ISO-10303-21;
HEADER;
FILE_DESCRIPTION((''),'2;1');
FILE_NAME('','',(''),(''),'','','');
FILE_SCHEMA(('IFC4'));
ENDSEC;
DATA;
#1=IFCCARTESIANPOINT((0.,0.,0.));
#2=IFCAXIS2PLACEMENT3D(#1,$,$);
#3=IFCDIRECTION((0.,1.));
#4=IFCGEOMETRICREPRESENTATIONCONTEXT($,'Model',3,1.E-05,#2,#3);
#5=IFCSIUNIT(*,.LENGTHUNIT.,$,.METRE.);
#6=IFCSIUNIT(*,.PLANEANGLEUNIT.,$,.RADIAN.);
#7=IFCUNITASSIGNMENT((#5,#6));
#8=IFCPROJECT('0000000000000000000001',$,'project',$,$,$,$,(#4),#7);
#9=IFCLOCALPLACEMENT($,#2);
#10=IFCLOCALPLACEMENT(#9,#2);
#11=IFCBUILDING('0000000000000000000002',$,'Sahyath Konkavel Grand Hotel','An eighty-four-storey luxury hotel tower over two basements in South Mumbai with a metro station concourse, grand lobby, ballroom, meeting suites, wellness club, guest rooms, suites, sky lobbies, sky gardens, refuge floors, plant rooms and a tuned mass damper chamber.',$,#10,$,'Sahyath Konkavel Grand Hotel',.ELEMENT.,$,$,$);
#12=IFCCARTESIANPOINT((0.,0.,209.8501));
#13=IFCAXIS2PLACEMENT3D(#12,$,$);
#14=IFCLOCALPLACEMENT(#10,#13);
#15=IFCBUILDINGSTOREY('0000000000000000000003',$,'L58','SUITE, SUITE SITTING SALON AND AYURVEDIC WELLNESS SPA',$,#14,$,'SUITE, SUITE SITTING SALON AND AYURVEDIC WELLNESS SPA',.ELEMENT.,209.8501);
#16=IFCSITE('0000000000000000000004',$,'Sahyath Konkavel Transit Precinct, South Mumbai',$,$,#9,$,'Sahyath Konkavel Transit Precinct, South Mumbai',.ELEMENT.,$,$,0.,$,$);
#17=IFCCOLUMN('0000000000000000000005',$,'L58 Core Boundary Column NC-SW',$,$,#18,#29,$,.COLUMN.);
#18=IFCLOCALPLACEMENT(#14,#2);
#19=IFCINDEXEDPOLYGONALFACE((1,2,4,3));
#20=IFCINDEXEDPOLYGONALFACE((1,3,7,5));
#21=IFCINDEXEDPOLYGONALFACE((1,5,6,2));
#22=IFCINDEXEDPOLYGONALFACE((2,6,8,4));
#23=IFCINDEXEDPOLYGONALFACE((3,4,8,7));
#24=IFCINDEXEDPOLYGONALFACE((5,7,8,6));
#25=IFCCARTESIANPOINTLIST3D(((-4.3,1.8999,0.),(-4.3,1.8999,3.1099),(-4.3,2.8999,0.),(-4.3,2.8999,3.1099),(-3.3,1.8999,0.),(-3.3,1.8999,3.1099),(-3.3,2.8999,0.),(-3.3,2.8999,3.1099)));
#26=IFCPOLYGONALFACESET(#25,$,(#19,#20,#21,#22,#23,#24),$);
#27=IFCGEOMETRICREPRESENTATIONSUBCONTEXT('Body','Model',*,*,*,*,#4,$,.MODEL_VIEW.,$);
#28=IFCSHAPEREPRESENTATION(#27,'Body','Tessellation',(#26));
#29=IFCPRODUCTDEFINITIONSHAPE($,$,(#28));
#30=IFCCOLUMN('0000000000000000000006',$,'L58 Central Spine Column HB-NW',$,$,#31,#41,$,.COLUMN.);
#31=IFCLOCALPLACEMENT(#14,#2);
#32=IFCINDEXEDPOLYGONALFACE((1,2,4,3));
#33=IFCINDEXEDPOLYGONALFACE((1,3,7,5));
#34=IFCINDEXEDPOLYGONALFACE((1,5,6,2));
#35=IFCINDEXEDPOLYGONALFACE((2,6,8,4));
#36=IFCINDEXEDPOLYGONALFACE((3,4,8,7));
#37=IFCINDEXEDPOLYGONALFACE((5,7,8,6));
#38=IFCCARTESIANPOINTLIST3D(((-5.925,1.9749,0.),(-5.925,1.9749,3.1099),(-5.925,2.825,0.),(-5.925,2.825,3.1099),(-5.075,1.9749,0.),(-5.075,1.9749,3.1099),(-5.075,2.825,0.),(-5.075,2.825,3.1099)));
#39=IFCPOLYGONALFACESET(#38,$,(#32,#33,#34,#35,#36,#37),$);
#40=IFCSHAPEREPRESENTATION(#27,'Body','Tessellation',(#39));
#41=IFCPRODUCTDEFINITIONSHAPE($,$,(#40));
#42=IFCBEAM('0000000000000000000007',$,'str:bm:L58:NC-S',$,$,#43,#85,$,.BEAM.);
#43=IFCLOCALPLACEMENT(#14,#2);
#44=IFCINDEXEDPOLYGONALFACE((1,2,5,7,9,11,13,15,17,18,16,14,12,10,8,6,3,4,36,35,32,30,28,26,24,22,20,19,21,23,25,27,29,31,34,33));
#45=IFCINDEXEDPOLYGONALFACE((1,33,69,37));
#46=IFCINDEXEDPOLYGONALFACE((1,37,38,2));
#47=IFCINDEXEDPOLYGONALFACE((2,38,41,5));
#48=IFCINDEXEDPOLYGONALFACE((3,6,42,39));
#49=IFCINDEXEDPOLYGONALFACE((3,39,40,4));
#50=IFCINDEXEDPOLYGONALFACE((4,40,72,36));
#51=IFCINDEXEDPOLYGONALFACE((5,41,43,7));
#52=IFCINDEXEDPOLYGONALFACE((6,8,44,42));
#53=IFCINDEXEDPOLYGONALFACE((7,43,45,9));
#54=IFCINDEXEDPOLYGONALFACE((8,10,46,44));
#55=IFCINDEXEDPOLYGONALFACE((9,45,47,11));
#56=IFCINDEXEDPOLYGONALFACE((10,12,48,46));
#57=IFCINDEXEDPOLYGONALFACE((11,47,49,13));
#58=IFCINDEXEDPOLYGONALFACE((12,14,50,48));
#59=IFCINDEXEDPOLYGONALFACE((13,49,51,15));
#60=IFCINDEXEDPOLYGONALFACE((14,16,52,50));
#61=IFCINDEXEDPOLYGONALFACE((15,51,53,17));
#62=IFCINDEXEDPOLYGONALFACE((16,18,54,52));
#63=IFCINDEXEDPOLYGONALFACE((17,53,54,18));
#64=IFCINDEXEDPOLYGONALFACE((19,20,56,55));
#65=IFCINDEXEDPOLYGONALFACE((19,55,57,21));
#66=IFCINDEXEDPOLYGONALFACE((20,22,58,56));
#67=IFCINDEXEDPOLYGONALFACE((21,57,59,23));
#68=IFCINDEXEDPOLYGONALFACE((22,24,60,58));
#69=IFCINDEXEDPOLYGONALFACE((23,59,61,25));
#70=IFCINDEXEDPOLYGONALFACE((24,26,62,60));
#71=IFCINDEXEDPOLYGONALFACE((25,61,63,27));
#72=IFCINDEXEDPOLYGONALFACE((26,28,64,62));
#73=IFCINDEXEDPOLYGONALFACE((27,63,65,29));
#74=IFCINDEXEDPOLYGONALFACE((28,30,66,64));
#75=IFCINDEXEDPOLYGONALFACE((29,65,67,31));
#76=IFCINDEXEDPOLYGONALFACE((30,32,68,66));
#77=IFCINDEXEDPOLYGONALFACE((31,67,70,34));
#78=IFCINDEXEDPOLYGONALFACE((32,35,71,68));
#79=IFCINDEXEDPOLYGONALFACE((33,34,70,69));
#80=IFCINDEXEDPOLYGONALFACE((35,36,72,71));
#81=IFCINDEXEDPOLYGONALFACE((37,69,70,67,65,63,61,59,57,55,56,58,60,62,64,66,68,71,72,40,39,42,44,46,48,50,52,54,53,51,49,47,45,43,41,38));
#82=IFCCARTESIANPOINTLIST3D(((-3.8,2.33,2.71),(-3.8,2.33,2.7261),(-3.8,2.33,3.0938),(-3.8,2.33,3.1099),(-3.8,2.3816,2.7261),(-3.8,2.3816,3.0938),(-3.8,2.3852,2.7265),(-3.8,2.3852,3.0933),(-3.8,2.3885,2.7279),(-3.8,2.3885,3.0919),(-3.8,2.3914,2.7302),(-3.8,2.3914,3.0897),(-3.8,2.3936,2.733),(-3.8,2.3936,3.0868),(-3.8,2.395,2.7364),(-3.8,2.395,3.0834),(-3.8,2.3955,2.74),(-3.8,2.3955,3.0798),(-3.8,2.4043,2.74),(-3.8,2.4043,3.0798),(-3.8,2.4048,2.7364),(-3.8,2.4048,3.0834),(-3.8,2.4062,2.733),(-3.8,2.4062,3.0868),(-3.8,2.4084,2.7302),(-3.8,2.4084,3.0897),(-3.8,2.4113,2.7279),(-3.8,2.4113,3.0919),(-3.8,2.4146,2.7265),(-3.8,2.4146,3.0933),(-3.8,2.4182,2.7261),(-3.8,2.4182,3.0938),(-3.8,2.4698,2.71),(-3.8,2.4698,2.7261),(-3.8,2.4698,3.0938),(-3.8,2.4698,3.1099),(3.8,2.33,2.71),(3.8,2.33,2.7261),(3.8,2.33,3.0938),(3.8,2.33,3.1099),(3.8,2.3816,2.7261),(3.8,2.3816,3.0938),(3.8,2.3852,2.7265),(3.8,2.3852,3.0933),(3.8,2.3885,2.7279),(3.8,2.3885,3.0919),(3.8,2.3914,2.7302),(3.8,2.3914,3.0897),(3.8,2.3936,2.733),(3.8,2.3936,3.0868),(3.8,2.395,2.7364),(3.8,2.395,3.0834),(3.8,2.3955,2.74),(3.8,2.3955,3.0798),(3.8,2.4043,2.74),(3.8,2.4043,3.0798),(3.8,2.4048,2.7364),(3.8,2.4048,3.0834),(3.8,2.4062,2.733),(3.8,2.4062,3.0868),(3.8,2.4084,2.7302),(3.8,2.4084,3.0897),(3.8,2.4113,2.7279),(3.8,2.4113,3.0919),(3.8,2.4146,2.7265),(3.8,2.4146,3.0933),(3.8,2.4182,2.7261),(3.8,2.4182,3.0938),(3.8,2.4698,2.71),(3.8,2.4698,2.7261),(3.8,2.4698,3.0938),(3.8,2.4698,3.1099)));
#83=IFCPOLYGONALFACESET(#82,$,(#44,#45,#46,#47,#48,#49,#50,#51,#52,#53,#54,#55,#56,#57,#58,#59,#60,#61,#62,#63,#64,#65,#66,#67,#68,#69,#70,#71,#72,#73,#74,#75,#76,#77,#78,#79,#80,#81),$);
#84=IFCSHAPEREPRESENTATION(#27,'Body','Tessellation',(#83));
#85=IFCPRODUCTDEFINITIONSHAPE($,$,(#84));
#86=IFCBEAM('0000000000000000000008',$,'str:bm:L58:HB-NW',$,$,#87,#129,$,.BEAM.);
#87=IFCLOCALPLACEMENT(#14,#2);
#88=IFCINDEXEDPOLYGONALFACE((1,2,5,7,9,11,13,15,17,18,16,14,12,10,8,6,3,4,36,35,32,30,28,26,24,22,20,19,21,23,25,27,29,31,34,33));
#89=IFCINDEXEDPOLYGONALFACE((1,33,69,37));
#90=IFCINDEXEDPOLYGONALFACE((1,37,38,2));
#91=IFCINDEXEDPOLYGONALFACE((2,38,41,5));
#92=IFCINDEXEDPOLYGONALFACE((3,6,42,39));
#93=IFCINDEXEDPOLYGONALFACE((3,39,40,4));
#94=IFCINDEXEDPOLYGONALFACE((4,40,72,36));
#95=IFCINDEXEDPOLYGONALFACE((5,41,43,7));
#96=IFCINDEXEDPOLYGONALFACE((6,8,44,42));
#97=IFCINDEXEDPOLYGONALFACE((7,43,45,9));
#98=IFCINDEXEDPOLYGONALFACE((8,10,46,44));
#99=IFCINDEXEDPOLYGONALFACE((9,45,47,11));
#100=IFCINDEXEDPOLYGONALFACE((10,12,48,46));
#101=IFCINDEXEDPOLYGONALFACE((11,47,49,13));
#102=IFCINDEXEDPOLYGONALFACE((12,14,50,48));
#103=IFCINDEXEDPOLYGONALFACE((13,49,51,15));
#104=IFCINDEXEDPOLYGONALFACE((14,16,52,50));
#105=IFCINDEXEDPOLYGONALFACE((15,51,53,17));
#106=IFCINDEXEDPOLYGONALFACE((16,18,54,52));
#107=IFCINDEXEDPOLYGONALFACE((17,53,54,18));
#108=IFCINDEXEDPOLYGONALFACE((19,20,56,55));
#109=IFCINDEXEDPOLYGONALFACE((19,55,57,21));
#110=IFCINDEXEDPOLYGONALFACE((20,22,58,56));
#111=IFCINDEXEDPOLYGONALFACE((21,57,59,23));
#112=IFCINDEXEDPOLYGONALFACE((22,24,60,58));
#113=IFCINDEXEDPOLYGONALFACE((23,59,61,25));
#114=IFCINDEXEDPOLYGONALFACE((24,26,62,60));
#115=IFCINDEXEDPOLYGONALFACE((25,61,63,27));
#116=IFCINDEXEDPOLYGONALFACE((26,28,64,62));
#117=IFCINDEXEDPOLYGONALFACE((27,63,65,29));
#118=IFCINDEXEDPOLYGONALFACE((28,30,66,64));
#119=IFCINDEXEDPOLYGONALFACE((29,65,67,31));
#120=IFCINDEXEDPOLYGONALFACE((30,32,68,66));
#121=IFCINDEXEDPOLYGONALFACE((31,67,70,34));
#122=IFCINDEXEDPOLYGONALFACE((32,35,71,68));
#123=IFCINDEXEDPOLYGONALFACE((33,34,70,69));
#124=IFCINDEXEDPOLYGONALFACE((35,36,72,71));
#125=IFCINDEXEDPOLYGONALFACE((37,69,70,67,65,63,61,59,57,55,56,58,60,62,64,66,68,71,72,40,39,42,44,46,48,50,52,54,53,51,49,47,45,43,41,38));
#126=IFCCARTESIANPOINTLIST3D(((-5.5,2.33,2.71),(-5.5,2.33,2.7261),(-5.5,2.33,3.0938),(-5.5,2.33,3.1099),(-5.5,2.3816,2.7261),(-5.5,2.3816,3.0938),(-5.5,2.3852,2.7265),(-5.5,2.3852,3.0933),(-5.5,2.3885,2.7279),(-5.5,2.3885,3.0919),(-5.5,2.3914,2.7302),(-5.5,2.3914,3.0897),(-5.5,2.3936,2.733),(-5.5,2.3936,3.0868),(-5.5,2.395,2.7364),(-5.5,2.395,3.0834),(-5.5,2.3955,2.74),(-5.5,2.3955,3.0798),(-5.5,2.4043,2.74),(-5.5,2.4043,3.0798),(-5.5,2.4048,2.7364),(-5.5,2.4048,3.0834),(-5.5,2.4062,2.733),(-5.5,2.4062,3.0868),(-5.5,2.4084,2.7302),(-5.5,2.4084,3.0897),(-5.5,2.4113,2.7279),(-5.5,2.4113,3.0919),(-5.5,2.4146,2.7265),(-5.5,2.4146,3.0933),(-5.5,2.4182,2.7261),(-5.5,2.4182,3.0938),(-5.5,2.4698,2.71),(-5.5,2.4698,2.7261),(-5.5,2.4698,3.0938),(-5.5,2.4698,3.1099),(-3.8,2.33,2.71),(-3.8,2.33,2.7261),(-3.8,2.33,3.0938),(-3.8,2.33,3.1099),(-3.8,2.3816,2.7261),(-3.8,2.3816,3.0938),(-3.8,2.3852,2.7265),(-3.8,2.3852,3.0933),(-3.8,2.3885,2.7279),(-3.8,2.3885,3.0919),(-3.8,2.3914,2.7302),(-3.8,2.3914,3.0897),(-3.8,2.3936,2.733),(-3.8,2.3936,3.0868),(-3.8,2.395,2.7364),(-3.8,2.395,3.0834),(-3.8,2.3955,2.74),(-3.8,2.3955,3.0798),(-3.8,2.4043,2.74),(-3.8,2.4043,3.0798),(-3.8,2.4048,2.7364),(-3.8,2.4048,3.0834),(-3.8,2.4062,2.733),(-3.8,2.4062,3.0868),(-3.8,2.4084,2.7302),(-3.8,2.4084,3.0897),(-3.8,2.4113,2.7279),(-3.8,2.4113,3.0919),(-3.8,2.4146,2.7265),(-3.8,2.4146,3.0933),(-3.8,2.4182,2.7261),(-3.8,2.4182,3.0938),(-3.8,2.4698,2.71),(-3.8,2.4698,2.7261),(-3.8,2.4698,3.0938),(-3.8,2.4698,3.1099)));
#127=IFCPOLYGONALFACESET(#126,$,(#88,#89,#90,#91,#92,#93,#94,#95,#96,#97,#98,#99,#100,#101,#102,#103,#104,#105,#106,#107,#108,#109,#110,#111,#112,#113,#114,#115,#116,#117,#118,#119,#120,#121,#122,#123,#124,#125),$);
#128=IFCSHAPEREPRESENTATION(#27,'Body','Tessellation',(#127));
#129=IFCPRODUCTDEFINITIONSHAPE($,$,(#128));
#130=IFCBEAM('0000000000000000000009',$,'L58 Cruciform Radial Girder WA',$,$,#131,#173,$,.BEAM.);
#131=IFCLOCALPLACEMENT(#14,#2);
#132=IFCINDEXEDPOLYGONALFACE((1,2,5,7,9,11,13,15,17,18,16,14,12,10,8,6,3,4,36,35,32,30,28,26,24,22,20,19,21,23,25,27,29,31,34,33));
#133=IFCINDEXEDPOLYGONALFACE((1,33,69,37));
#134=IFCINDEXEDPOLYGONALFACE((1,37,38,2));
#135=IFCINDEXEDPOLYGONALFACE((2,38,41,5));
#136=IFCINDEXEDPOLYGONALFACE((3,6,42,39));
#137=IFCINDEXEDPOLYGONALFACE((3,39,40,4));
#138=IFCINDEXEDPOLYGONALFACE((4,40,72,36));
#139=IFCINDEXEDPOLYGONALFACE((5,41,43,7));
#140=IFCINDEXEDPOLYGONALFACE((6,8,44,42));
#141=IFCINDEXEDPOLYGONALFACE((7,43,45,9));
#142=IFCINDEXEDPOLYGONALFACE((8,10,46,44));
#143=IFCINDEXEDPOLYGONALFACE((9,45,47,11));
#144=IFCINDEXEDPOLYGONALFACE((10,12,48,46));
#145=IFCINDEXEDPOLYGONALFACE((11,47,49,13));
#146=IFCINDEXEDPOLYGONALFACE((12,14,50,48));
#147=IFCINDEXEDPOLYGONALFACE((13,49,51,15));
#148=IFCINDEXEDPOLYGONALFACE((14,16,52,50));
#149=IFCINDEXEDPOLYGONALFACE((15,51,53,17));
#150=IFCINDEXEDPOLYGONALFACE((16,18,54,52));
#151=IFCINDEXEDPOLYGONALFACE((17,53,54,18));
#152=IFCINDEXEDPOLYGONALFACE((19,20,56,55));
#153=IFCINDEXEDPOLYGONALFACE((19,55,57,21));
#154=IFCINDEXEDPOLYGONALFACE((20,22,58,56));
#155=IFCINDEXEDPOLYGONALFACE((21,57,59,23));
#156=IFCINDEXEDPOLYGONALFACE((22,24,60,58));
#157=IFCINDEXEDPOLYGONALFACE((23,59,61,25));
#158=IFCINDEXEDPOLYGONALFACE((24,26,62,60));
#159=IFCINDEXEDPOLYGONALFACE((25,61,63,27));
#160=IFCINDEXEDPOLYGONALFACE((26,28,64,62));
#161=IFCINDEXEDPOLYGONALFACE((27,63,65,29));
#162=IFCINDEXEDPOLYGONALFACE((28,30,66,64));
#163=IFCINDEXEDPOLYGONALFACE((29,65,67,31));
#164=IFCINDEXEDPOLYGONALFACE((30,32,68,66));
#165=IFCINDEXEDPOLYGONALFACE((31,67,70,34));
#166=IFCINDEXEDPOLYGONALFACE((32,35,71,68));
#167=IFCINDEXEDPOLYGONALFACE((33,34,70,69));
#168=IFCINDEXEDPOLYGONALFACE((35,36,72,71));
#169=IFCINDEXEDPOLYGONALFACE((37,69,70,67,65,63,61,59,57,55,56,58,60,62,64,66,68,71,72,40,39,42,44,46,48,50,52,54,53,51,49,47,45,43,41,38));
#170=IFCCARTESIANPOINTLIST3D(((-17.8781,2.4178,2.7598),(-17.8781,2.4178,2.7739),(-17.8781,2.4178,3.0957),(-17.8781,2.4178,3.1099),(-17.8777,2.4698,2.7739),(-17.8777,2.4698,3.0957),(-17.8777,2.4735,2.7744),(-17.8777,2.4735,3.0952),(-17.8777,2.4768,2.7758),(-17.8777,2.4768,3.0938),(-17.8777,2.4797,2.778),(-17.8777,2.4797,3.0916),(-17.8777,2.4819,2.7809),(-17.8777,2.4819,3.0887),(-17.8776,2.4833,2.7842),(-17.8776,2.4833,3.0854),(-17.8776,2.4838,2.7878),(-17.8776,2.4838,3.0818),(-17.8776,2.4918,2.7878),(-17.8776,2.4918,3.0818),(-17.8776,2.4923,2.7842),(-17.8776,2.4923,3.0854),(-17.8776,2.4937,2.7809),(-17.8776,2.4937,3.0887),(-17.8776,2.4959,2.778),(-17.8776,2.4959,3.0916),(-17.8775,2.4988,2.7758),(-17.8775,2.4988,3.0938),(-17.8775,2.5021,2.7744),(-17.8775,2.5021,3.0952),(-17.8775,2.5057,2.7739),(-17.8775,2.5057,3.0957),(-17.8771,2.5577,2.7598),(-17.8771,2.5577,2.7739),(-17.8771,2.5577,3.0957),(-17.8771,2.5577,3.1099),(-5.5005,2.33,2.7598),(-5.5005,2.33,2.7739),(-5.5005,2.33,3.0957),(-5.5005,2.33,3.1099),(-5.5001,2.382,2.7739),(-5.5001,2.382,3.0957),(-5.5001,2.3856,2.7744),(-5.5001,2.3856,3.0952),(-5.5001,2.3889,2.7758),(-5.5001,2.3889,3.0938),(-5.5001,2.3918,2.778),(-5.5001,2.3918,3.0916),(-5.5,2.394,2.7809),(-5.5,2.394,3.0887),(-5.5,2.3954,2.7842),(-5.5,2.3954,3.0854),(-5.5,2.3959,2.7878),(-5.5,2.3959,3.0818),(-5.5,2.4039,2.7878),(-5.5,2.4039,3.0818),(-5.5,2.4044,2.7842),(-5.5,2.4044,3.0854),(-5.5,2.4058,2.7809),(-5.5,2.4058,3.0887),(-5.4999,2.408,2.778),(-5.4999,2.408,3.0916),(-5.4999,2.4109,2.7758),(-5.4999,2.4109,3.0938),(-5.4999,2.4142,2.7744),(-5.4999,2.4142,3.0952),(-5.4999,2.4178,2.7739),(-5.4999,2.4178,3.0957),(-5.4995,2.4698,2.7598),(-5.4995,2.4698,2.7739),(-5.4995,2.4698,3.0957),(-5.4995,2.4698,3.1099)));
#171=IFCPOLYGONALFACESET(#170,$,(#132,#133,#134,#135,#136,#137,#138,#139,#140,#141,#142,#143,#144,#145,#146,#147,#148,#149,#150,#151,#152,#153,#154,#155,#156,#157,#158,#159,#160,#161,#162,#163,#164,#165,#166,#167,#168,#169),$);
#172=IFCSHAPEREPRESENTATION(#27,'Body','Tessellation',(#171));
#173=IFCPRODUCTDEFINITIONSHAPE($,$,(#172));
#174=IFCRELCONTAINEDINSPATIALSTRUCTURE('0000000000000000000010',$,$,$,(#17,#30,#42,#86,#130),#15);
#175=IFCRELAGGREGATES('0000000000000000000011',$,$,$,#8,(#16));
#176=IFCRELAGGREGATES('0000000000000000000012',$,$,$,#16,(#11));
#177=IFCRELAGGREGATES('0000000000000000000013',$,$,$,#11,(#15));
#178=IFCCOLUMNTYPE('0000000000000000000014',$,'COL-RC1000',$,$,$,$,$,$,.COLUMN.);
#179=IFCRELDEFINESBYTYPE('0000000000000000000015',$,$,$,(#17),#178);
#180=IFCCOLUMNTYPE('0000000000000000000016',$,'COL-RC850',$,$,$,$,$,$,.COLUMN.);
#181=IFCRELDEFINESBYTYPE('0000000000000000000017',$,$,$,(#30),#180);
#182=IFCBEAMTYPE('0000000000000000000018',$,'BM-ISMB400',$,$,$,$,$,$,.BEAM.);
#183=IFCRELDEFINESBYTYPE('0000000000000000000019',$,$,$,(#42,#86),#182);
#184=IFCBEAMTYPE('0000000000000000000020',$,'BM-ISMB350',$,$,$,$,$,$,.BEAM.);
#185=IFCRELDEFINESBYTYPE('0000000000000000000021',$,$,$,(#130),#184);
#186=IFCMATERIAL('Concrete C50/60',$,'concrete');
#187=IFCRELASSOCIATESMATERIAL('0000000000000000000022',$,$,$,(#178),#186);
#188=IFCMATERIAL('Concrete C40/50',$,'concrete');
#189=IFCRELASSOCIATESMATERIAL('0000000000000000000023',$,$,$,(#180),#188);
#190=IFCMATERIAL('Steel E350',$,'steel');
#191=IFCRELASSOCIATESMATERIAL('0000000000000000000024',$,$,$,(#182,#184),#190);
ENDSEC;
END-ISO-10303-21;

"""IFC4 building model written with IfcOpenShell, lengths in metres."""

from ifc_helpers import new_model, si_unit, direction, frame, origin, origin_2d, place, context, subcontext, project, spatial, rectangle, i_section, extrude, source, transform, mapped, material, material_profile, profile_set, type_object, element, save


model = new_model("IFC4")

# Units and contexts
model_context = context("Model", 3, precision=1e-05, world=origin(), true_north=direction((0.0, 1.0)))
body_context = subcontext(model_context, "Body", "Model", "MODEL_VIEW")
ifc_project = project(units=[si_unit("LENGTHUNIT", "METRE"), si_unit("PLANEANGLEUNIT", "RADIAN")], contexts=[model_context])

# Site, building, storey
site_placement = place(None, origin())
site = spatial("IfcSite", under=ifc_project, at=site_placement, Name="Sahyath Konkavel Transit Precinct, South Mumbai", LongName="Sahyath Konkavel Transit Precinct, South Mumbai", CompositionType="ELEMENT", RefElevation=0.0)
building_placement = place(site_placement, origin())
building = spatial("IfcBuilding", under=site, at=building_placement, Name="Sahyath Konkavel Grand Hotel", Description="An eighty-four-storey luxury hotel tower over two basements in South Mumbai with a metro station concourse, grand lobby, ballroom, meeting suites, wellness club, guest rooms, suites, sky lobbies, sky gardens, refuge floors, plant rooms and a tuned mass damper chamber.", LongName="Sahyath Konkavel Grand Hotel", CompositionType="ELEMENT")
storey_placement = place(building_placement, frame((0.0, 0.0, 209.8501)))
storey = spatial("IfcBuildingStorey", under=building, at=storey_placement, Name="L58", Description="SUITE, SUITE SITTING SALON AND AYURVEDIC WELLNESS SPA", LongName="SUITE, SUITE SITTING SALON AND AYURVEDIC WELLNESS SPA", CompositionType="ELEMENT", Elevation=209.8501)

# Columns
ifc_material_1 = material(Name="Concrete C50/60", Category="concrete")
ifc_material_profile_1 = material_profile(ifc_material_1, rectangle(XDim=1.0, YDim=1.0, at=origin_2d()), Name="RC 1000x1000")
ifc_profile_set_1 = profile_set([ifc_material_profile_1], Name="Concrete C50/60")
column_type_1 = type_object("IfcColumnType", Name="COL-RC1000", PredefinedType="COLUMN", material=ifc_profile_set_1)
shared_shape_1 = source(origin(), body_context, "Body", "SweptSolid", [
    extrude(rectangle(XDim=1.0, YDim=1.0, at=origin_2d()), origin(), (0.0, 0.0, 1.0), 3.1099),
])
column_1_placement = place(storey_placement, frame((-3.8, 2.3999, 0.0), z_axis=(0.0, 0.0, 1.0), x_axis=(1.0, 0.0, 0.0)))
element("IfcColumn", 1, at=column_1_placement, inside=storey, type_object=column_type_1, Name="L58 Core Boundary Column NC-SW", PredefinedType="COLUMN", context=body_context, shape_type="MappedRepresentation", body=[
    mapped(shared_shape_1, transform((0.0, 0.0, 0.0), scale=1.0)),
])
ifc_material_2 = material(Name="Concrete C40/50", Category="concrete")
ifc_material_profile_2 = material_profile(ifc_material_2, rectangle(XDim=0.8501, YDim=0.8501, at=origin_2d()), Name="RC 850x850")
ifc_profile_set_2 = profile_set([ifc_material_profile_2], Name="Concrete C40/50")
column_type_2 = type_object("IfcColumnType", Name="COL-RC850", PredefinedType="COLUMN", material=ifc_profile_set_2)
shared_shape_2 = source(origin(), body_context, "Body", "SweptSolid", [
    extrude(rectangle(XDim=0.8501, YDim=0.8501, at=origin_2d()), origin(), (0.0, 0.0, 1.0), 3.1099),
])
column_2_placement = place(storey_placement, frame((-5.5, 2.3999, 0.0), z_axis=(0.0, 0.0, 1.0), x_axis=(1.0, 0.0, 0.0)))
element("IfcColumn", 2, at=column_2_placement, inside=storey, type_object=column_type_2, Name="L58 Central Spine Column HB-NW", PredefinedType="COLUMN", context=body_context, shape_type="MappedRepresentation", body=[
    mapped(shared_shape_2, transform((0.0, 0.0, 0.0), scale=1.0)),
])

# Beams
ifc_material_3 = material(Name="Steel E350", Category="steel")
ifc_material_profile_3 = material_profile(ifc_material_3, i_section(OverallWidth=0.1399, OverallDepth=0.3999, WebThickness=0.0088, FlangeThickness=0.0161, FilletRadius=0.0139, at=origin_2d()), Name="ISMB 400")
ifc_profile_set_3 = profile_set([ifc_material_profile_3], Name="Steel E350")
beam_type_1 = type_object("IfcBeamType", Name="BM-ISMB400", PredefinedType="BEAM", material=ifc_profile_set_3)
shared_shape_3 = source(origin(), body_context, "Body", "SweptSolid", [
    extrude(i_section(OverallWidth=0.1399, OverallDepth=0.3999, WebThickness=0.0088, FlangeThickness=0.0161, FilletRadius=0.0139, at=origin_2d()), origin(), (0.0, 0.0, 1.0), 7.6001),
])
beam_1_placement = place(storey_placement, frame((-3.8, 2.3999, 2.9099), z_axis=(1.0, 0.0, 0.0), x_axis=(0.0, 1.0, 0.0)))
element("IfcBeam", 3, at=beam_1_placement, inside=storey, type_object=beam_type_1, Name="str:bm:L58:NC-S", PredefinedType="BEAM", context=body_context, shape_type="MappedRepresentation", body=[
    mapped(shared_shape_3, transform((0.0, 0.0, 0.0), scale=1.0)),
])
shared_shape_4 = source(origin(), body_context, "Body", "SweptSolid", [
    extrude(i_section(OverallWidth=0.1399, OverallDepth=0.3999, WebThickness=0.0088, FlangeThickness=0.0161, FilletRadius=0.0139, at=origin_2d()), origin(), (0.0, 0.0, 1.0), 1.7),
])
beam_2_placement = place(storey_placement, frame((-5.5, 2.3999, 2.9099), z_axis=(1.0, 0.0, 0.0), x_axis=(0.0, 1.0, 0.0)))
element("IfcBeam", 4, at=beam_2_placement, inside=storey, type_object=beam_type_1, Name="str:bm:L58:HB-NW", PredefinedType="BEAM", context=body_context, shape_type="MappedRepresentation", body=[
    mapped(shared_shape_4, transform((0.0, 0.0, 0.0), scale=1.0)),
])
ifc_material_profile_4 = material_profile(ifc_material_3, i_section(OverallWidth=0.1399, OverallDepth=0.3501, WebThickness=0.0081, FlangeThickness=0.0142, FilletRadius=0.0139, at=origin_2d()), Name="ISMB 350")
ifc_profile_set_4 = profile_set([ifc_material_profile_4], Name="Steel E350")
beam_type_2 = type_object("IfcBeamType", Name="BM-ISMB350", PredefinedType="BEAM", material=ifc_profile_set_4)
shared_shape_5 = source(origin(), body_context, "Body", "SweptSolid", [
    extrude(i_section(OverallWidth=0.1399, OverallDepth=0.3501, WebThickness=0.0081, FlangeThickness=0.0142, FilletRadius=0.0139, at=origin_2d()), origin(), (0.0, 0.0, 1.0), 12.3779),
])
beam_3_placement = place(storey_placement, frame((-5.5, 2.3999, 2.9348), z_axis=(-0.999975, 0.007101, 0.0), x_axis=(-0.007101, -0.999975, 0.0)))
element("IfcBeam", 5, at=beam_3_placement, inside=storey, type_object=beam_type_2, Name="L58 Cruciform Radial Girder WA", PredefinedType="BEAM", context=body_context, shape_type="MappedRepresentation", body=[
    mapped(shared_shape_5, transform((0.0, 0.0, 0.0), scale=1.0)),
])

save(model, "model.ifc")
